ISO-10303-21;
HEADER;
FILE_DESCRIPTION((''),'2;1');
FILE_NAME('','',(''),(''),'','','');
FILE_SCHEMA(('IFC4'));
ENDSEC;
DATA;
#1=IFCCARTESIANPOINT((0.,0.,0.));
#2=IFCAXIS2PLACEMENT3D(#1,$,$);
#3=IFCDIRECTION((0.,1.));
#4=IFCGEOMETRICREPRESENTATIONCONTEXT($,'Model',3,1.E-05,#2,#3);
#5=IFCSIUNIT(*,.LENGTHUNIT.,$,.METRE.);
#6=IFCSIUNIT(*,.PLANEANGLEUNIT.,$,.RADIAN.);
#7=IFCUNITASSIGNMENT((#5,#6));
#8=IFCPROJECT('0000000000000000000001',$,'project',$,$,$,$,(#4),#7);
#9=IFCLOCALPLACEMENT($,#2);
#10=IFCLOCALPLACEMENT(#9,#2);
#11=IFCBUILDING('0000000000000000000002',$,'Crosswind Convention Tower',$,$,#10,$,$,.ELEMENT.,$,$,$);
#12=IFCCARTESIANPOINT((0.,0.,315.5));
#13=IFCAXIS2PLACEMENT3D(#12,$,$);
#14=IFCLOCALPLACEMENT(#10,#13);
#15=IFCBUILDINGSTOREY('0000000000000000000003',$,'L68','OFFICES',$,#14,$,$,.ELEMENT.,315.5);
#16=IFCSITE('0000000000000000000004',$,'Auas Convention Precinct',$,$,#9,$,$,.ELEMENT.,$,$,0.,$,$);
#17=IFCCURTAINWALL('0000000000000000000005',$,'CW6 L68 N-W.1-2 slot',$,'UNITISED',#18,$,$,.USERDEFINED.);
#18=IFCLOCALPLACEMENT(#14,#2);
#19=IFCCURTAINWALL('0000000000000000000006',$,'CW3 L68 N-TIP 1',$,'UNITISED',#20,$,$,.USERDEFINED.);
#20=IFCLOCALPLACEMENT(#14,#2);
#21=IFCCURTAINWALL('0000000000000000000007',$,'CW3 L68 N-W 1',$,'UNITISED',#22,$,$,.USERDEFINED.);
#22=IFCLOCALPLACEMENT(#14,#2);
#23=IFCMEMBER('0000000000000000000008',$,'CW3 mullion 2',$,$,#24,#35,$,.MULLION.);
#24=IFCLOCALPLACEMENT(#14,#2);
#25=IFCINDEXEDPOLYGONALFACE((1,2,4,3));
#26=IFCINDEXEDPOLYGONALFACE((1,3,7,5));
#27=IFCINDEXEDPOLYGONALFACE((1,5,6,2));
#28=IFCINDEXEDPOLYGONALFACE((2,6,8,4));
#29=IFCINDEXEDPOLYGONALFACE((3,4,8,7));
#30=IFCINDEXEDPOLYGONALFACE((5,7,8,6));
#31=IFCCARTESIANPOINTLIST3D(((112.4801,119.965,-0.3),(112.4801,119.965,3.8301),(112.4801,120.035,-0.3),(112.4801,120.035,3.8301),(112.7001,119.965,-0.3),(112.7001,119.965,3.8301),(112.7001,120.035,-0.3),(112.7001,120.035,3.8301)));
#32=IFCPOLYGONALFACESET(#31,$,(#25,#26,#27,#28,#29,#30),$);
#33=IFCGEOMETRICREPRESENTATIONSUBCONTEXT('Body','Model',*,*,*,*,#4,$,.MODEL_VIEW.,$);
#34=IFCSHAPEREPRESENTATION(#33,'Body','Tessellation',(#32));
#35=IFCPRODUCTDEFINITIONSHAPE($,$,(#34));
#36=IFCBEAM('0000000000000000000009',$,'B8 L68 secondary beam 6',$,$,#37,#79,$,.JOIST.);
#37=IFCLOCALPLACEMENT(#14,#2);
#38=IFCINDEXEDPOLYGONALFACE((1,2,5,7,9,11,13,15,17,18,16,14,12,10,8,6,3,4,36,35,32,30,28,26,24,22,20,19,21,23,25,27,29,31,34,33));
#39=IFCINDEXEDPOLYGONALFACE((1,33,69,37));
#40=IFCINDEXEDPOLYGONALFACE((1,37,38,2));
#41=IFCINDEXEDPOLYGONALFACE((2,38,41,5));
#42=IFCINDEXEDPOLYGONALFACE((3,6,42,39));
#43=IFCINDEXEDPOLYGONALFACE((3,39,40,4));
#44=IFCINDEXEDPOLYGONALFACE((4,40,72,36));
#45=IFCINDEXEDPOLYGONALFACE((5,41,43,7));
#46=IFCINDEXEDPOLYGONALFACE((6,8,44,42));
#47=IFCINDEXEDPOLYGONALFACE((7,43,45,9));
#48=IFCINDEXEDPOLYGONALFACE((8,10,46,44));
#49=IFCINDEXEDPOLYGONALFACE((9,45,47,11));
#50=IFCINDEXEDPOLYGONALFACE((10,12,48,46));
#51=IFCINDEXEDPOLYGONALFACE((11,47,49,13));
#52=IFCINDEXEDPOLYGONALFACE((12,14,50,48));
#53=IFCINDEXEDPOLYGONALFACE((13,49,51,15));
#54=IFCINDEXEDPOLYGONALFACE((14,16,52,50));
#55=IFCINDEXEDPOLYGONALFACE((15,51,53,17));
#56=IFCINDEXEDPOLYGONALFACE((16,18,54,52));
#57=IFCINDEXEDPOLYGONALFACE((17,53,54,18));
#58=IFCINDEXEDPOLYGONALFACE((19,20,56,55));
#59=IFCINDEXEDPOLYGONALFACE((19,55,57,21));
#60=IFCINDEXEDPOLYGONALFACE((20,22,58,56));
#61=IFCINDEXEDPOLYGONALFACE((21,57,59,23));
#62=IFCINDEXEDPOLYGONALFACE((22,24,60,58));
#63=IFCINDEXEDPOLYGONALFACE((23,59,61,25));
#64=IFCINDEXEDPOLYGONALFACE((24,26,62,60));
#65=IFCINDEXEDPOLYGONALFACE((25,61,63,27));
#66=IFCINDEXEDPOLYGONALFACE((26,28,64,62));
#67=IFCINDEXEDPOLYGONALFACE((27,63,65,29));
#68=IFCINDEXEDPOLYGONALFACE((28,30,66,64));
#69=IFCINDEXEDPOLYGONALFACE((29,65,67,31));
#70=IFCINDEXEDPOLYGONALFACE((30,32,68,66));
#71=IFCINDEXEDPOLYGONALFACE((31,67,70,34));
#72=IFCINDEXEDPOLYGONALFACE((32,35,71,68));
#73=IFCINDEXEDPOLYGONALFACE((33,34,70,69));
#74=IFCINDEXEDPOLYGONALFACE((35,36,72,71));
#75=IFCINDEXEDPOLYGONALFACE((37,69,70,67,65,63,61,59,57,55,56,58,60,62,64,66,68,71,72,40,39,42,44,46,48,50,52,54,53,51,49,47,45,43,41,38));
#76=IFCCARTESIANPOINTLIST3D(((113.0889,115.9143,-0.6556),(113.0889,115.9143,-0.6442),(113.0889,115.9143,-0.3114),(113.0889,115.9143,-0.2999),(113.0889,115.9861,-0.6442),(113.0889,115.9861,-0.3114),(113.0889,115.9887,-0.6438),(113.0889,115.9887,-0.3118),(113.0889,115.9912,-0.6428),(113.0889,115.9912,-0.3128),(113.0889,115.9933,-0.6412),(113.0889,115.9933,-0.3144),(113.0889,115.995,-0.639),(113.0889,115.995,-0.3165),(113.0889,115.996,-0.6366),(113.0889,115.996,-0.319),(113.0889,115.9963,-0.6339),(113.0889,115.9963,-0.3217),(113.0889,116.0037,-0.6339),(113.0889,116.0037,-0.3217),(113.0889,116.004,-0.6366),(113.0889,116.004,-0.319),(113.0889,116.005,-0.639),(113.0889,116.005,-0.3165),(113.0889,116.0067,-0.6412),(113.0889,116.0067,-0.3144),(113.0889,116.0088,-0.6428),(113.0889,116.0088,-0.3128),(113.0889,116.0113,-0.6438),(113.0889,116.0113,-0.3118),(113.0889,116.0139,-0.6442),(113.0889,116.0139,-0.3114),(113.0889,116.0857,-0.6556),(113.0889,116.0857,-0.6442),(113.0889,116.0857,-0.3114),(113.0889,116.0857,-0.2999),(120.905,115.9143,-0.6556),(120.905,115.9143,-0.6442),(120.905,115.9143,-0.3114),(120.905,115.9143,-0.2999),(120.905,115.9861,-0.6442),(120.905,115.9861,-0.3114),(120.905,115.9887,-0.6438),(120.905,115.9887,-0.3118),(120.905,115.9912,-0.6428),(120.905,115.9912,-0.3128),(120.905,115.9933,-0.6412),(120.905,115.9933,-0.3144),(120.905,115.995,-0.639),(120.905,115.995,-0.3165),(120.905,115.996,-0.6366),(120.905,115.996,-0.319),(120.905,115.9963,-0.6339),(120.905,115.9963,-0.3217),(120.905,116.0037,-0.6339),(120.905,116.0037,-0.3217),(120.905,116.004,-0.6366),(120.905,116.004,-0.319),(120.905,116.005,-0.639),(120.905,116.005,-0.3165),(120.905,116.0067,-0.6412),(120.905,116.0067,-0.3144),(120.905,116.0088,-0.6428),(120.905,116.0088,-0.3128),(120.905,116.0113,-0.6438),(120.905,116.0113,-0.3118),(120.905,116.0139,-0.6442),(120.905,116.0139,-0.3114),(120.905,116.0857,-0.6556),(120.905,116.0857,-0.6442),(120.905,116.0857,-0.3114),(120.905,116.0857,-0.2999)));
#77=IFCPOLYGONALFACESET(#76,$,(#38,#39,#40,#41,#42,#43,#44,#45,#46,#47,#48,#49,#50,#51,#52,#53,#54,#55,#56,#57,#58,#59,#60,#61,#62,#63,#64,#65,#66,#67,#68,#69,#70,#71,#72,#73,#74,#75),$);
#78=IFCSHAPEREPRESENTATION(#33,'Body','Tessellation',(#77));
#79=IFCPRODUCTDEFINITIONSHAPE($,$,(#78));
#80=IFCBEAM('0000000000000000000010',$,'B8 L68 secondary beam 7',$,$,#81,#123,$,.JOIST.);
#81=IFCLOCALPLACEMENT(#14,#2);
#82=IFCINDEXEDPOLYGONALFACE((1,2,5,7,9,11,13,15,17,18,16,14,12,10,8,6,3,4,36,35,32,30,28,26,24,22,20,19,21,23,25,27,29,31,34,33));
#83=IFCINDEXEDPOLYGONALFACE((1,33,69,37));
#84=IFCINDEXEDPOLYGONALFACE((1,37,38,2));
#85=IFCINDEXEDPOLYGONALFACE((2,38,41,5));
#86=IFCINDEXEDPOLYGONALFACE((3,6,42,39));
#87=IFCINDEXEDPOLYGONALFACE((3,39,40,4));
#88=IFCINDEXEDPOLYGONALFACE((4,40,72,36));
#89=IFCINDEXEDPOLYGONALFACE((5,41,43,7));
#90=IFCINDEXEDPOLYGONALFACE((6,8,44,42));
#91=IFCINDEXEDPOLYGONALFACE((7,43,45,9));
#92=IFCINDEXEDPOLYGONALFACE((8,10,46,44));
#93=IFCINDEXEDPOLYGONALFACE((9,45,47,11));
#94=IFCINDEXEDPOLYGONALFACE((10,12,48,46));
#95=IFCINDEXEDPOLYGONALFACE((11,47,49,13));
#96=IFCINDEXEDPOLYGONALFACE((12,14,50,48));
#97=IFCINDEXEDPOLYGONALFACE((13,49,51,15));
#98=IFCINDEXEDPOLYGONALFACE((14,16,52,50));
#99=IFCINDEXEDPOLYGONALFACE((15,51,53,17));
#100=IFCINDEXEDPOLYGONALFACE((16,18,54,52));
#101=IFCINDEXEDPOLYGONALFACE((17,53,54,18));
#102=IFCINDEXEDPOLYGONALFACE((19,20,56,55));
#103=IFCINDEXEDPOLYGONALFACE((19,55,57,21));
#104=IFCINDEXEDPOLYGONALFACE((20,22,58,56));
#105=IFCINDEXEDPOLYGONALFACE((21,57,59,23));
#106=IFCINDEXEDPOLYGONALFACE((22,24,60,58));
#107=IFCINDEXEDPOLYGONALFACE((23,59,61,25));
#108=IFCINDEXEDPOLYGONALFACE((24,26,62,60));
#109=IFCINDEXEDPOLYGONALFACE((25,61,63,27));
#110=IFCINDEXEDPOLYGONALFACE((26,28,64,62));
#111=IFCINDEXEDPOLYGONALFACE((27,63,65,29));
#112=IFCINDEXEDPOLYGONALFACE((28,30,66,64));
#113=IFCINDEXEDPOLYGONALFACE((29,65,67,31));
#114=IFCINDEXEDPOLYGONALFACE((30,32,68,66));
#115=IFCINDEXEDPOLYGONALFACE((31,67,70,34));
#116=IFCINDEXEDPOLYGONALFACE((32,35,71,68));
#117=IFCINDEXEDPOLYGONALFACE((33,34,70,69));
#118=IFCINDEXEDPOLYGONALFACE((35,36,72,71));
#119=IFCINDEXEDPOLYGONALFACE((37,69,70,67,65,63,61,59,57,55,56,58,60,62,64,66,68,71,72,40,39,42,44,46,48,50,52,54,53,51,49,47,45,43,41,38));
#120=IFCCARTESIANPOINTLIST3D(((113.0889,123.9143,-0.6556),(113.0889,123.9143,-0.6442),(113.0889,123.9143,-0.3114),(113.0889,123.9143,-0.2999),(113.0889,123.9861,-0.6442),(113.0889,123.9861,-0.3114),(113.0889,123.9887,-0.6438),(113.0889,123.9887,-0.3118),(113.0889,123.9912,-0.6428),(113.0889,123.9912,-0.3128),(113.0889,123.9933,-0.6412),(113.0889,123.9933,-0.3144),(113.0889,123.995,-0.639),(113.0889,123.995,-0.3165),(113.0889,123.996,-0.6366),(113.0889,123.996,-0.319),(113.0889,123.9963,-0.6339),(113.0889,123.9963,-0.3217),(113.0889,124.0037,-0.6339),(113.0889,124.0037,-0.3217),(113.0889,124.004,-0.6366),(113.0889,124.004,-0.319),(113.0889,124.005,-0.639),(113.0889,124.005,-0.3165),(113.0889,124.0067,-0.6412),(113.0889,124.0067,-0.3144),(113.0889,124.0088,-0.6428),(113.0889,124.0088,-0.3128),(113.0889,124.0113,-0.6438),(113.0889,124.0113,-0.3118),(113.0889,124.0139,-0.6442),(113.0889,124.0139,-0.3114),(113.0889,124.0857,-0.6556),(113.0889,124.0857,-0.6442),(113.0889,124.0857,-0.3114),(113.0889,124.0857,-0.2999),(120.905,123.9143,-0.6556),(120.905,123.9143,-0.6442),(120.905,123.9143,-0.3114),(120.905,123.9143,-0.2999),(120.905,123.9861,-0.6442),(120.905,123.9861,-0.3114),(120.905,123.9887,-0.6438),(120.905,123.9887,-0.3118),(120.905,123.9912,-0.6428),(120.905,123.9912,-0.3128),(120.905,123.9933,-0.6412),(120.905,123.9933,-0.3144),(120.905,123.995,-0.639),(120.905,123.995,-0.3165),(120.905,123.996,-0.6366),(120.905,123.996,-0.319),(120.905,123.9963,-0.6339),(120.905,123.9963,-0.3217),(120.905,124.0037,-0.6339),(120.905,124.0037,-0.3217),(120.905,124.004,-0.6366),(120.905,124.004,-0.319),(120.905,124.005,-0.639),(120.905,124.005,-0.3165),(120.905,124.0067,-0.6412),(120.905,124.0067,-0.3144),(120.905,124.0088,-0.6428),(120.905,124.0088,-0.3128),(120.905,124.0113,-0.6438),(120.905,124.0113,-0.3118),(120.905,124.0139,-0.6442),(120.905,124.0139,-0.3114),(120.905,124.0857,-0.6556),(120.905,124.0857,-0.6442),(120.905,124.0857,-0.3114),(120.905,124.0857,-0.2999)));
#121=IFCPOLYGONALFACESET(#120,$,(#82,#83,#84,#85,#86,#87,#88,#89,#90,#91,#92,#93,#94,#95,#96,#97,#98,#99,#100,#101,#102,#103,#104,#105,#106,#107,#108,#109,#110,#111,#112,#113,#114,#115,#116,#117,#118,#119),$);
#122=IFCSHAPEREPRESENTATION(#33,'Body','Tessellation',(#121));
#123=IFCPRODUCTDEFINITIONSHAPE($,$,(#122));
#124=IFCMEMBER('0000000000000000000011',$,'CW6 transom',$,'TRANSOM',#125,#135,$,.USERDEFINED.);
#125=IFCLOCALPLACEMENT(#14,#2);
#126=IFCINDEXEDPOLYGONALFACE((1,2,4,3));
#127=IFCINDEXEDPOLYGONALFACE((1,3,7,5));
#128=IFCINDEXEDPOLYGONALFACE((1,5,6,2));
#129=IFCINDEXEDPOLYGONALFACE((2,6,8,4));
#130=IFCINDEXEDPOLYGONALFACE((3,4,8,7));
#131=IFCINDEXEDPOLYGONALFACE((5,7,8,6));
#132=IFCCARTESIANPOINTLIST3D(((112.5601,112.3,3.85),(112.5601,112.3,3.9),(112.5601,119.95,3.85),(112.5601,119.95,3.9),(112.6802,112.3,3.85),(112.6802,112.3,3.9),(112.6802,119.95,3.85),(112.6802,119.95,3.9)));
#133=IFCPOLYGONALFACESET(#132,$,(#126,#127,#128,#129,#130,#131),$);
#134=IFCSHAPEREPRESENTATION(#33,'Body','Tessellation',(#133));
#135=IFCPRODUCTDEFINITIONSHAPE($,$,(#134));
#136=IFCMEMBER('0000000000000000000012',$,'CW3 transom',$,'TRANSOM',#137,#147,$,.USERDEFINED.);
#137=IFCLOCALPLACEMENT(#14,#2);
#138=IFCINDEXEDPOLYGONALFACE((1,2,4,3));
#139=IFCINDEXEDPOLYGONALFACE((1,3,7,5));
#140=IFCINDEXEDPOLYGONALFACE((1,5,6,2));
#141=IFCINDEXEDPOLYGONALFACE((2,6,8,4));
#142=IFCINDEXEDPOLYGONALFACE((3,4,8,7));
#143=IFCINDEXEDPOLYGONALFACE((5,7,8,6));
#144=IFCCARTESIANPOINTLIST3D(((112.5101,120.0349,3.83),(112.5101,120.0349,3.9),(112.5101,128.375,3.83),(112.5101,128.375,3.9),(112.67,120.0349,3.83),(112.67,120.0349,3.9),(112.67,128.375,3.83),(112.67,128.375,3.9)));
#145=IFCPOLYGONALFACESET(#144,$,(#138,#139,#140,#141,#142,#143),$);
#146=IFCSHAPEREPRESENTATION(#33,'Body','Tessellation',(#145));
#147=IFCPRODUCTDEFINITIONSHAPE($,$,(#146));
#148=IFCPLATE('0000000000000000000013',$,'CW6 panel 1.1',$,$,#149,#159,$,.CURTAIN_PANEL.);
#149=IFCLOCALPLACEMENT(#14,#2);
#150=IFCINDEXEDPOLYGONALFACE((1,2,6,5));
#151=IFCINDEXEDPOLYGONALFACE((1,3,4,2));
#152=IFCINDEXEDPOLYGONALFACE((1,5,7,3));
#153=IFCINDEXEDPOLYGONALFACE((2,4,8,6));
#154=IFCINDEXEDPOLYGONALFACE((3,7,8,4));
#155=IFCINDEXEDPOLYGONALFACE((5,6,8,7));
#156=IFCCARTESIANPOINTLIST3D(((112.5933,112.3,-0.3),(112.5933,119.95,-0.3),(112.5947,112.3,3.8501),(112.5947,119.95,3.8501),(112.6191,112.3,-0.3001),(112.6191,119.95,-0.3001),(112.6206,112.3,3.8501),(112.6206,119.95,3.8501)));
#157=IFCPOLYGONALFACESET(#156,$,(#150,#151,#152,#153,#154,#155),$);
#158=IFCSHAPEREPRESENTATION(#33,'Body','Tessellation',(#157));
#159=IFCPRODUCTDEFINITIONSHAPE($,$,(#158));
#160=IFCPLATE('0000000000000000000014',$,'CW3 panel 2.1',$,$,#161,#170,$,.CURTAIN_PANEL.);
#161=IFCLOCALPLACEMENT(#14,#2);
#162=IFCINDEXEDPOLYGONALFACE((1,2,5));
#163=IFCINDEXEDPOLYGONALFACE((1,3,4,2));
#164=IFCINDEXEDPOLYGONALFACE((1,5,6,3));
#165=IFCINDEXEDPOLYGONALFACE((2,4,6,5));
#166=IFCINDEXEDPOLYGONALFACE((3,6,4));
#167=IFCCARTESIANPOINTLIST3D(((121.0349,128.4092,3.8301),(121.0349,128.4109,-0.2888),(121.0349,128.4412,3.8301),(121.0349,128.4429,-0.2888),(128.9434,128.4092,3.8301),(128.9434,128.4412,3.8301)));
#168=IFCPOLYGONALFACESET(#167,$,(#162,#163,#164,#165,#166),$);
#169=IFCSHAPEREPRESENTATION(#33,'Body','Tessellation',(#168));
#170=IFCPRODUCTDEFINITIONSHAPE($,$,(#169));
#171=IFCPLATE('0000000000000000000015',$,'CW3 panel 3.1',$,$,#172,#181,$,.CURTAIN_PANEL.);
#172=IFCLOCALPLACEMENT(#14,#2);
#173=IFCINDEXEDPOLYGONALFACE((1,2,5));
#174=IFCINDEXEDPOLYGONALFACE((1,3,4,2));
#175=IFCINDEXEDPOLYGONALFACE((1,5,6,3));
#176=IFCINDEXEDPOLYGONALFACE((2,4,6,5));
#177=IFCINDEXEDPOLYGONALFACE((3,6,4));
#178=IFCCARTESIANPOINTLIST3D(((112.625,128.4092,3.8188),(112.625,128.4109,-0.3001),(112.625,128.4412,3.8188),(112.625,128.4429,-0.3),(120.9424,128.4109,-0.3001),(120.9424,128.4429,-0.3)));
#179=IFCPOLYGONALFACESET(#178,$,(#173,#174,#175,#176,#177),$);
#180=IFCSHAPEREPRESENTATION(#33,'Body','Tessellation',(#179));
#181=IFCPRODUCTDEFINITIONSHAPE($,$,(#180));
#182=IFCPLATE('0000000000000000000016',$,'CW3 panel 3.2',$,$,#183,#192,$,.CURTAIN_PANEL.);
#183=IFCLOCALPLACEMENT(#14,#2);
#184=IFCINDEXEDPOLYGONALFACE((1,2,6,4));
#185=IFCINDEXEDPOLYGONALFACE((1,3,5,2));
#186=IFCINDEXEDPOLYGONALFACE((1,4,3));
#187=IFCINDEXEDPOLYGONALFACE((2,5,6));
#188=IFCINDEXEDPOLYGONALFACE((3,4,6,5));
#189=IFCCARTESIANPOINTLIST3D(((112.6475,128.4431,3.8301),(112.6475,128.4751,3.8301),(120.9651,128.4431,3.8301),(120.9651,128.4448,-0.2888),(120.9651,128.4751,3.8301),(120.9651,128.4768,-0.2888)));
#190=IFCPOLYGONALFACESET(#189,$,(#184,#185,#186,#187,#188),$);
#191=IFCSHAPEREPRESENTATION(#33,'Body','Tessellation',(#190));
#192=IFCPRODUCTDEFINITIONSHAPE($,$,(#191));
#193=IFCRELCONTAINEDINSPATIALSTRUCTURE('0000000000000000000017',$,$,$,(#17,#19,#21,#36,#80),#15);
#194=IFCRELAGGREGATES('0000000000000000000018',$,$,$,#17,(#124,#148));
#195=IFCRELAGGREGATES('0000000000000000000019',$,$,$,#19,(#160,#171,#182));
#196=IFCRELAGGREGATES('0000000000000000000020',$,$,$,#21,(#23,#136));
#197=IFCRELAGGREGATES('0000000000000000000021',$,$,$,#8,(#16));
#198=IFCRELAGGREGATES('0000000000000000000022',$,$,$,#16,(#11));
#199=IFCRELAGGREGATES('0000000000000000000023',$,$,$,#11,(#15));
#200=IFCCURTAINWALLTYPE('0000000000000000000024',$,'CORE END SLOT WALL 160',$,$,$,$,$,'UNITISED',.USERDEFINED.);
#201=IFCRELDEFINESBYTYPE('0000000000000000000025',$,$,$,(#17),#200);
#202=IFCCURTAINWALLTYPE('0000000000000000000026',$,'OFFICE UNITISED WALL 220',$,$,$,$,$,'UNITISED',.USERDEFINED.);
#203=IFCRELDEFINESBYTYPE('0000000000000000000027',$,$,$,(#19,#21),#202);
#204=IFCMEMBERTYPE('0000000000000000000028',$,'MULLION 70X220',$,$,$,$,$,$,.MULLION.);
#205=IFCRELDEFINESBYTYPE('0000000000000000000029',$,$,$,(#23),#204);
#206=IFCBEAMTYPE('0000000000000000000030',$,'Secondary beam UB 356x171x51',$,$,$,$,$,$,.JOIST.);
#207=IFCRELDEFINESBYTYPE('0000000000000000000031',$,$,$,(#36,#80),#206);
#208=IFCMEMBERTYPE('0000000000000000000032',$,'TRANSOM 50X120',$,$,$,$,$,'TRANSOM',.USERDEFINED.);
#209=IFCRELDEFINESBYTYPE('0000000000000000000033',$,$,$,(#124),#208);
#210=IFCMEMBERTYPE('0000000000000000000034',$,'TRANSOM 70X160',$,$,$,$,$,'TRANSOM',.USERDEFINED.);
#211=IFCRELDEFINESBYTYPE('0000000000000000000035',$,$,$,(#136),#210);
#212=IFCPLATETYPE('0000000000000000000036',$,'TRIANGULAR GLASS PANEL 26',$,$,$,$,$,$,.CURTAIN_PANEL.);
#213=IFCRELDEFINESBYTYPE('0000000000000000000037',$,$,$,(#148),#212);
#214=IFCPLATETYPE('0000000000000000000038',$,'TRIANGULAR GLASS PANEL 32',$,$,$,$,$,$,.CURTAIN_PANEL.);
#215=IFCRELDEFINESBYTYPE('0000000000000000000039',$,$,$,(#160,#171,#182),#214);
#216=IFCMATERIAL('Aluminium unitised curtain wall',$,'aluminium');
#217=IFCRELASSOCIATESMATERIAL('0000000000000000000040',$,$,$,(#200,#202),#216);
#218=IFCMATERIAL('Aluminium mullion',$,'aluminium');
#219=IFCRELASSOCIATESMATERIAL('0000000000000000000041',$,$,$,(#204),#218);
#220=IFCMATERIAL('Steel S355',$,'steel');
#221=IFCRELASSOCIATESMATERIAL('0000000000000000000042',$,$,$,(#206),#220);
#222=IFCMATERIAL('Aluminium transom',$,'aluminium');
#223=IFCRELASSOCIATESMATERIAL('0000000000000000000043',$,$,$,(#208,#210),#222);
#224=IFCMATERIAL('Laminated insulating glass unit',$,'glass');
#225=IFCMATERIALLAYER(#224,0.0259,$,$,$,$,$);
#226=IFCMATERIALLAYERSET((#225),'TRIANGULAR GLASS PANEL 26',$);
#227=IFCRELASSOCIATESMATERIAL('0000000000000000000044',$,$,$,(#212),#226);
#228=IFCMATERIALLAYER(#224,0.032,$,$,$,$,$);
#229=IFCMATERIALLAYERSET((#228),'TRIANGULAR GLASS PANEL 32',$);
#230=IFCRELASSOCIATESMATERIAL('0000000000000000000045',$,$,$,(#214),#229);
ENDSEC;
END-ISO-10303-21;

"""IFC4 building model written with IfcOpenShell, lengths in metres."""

from ifc_helpers import new_model, si_unit, direction, frame, origin, origin_2d, place, context, subcontext, project, spatial, polyline, rectangle, i_section, outline, extrude, material, layer, layer_set, material_profile, profile_set, type_object, element, aggregate, save


model = new_model("IFC4")

# Units and contexts
model_context = context("Model", 3, precision=1e-05, world=origin(), true_north=direction((0.0, 1.0)))
body_context = subcontext(model_context, "Body", "Model", "MODEL_VIEW")
ifc_project = project(units=[si_unit("LENGTHUNIT", "METRE"), si_unit("PLANEANGLEUNIT", "RADIAN")], contexts=[model_context])

# Site, building, storey
site_placement = place(None, origin())
site = spatial("IfcSite", under=ifc_project, at=site_placement, Name="Auas Convention Precinct", CompositionType="ELEMENT", RefElevation=0.0)
building_placement = place(site_placement, origin())
building = spatial("IfcBuilding", under=site, at=building_placement, Name="Crosswind Convention Tower", CompositionType="ELEMENT")
storey_placement = place(building_placement, frame((0.0, 0.0, 315.5)))
storey = spatial("IfcBuildingStorey", under=building, at=storey_placement, Name="L68", Description="OFFICES", CompositionType="ELEMENT", Elevation=315.5)

# Shared definitions
ifc_material_1 = material(Name="Steel S355", Category="steel")

# Curtain walls
ifc_material_2 = material(Name="Aluminium unitised curtain wall", Category="aluminium")
curtain_wall_type_1 = type_object("IfcCurtainWallType", Name="CORE END SLOT WALL 160", ElementType="UNITISED", PredefinedType="USERDEFINED", material=ifc_material_2)
curtain_wall_1_placement = place(storey_placement, origin())
curtain_wall_1 = element("IfcCurtainWall", 1, at=curtain_wall_1_placement, inside=storey, type_object=curtain_wall_type_1, Name="CW6 L68 N-W.1-2 slot", ObjectType="UNITISED", PredefinedType="USERDEFINED")
ifc_material_3 = material(Name="Aluminium mullion", Category="aluminium")
curtain_wall_type_2 = type_object("IfcCurtainWallType", Name="OFFICE UNITISED WALL 220", ElementType="UNITISED", PredefinedType="USERDEFINED", material=ifc_material_2)
curtain_wall_2_placement = place(storey_placement, origin())
curtain_wall_2 = element("IfcCurtainWall", 2, at=curtain_wall_2_placement, inside=storey, type_object=curtain_wall_type_2, Name="CW3 L68 N-TIP 1", ObjectType="UNITISED", PredefinedType="USERDEFINED")
ifc_material_profile_1 = material_profile(ifc_material_3, rectangle(XDim=0.22, YDim=0.0701, at=origin_2d()), Name="AL 220X70")
ifc_profile_set_1 = profile_set([ifc_material_profile_1], Name="Aluminium mullion")
member_type_1 = type_object("IfcMemberType", Name="MULLION 70X220", PredefinedType="MULLION", material=ifc_profile_set_1)

# Curtain wall, member
curtain_wall_3_placement = place(storey_placement, origin())
curtain_wall_3 = element("IfcCurtainWall", 3, at=curtain_wall_3_placement, inside=storey, type_object=curtain_wall_type_2, Name="CW3 L68 N-W 1", ObjectType="UNITISED", PredefinedType="USERDEFINED")
member_1_placement = place(storey_placement, frame((112.5901, 120.0, -0.3), z_axis=(0.0, 0.0, 1.0), x_axis=(-1.0, 0.0, 0.0)))
member_1 = element("IfcMember", 4, at=member_1_placement, type_object=member_type_1, Name="CW3 mullion 2", PredefinedType="MULLION", context=body_context, shape_type="SweptSolid", body=[
    extrude(rectangle(XDim=0.22, YDim=0.0701, at=origin_2d()), origin(), (0.0, 0.0, 1.0), 4.1301),
])

# Beams
ifc_material_profile_2 = material_profile(ifc_material_1, i_section(OverallWidth=0.1714, OverallDepth=0.3557, WebThickness=0.0073, FlangeThickness=0.0115, FilletRadius=0.0103, at=origin_2d()), Name="UB 356x171x51")
ifc_profile_set_2 = profile_set([ifc_material_profile_2], Name="Steel S355")
beam_type_1 = type_object("IfcBeamType", Name="Secondary beam UB 356x171x51", PredefinedType="JOIST", material=ifc_profile_set_2)
for number, where, z_axis, x_axis, name in (
    (5, (113.0889, 116.0, -0.4778), (1.0, 0.0, 0.0), (0.0, 1.0, 0.0), "B8 L68 secondary beam 6"),
    (6, (113.0889, 124.0, -0.4778), (1.0, 0.0, 0.0), (0.0, 1.0, 0.0), "B8 L68 secondary beam 7"),
):
    element("IfcBeam", number, at=place(storey_placement, frame(where, z_axis=z_axis, x_axis=x_axis)), inside=storey, type_object=beam_type_1, Name=name, PredefinedType="JOIST", context=body_context, shape_type="SweptSolid", body=[
        extrude(i_section(OverallWidth=0.1714, OverallDepth=0.3557, WebThickness=0.0073, FlangeThickness=0.0115, FilletRadius=0.0103, at=origin_2d()), origin(), (0.0, 0.0, 1.0), 7.8162),
    ])

# Members
ifc_material_4 = material(Name="Aluminium transom", Category="aluminium")
ifc_material_profile_3 = material_profile(ifc_material_4, rectangle(XDim=0.1201, YDim=0.05, at=origin_2d()), Name="AL 120X50")
ifc_profile_set_3 = profile_set([ifc_material_profile_3], Name="Aluminium transom")
member_type_2 = type_object("IfcMemberType", Name="TRANSOM 50X120", ElementType="TRANSOM", PredefinedType="USERDEFINED", material=ifc_profile_set_3)
member_2_placement = place(storey_placement, frame((112.6201, 119.95, 3.875), z_axis=(0.0, -1.0, 0.0), x_axis=(1.0, 0.0, 0.0)))
member_2 = element("IfcMember", 7, at=member_2_placement, type_object=member_type_2, Name="CW6 transom", ObjectType="TRANSOM", PredefinedType="USERDEFINED", context=body_context, shape_type="SweptSolid", body=[
    extrude(rectangle(XDim=0.1201, YDim=0.05, at=origin_2d()), origin(), (0.0, 0.0, 1.0), 7.6499),
])
ifc_material_profile_4 = material_profile(ifc_material_4, rectangle(XDim=0.1599, YDim=0.0701, at=origin_2d()), Name="AL 160X70")
ifc_profile_set_4 = profile_set([ifc_material_profile_4], Name="Aluminium transom")
member_type_3 = type_object("IfcMemberType", Name="TRANSOM 70X160", ElementType="TRANSOM", PredefinedType="USERDEFINED", material=ifc_profile_set_4)
member_3_placement = place(storey_placement, frame((112.5901, 128.375, 3.865), z_axis=(0.0, -1.0, 0.0), x_axis=(1.0, 0.0, 0.0)))
member_3 = element("IfcMember", 8, at=member_3_placement, type_object=member_type_3, Name="CW3 transom", ObjectType="TRANSOM", PredefinedType="USERDEFINED", context=body_context, shape_type="SweptSolid", body=[
    extrude(rectangle(XDim=0.1599, YDim=0.0701, at=origin_2d()), origin(), (0.0, 0.0, 1.0), 8.3401),
])

# Plates
ifc_material_5 = material(Name="Laminated insulating glass unit", Category="glass")
ifc_layer_1 = layer(ifc_material_5, 0.0259)
ifc_layer_set_1 = layer_set([ifc_layer_1], Name="TRIANGULAR GLASS PANEL 26")
plate_type_1 = type_object("IfcPlateType", Name="TRIANGULAR GLASS PANEL 26", PredefinedType="CURTAIN_PANEL", material=ifc_layer_set_1)
plate_1_placement = place(storey_placement, frame((112.5933, 119.95, -0.3), z_axis=(-1.0, 0.0, 0.000353), x_axis=(0.0, -1.0, 0.0)))
plate_1 = element("IfcPlate", 9, at=plate_1_placement, type_object=plate_type_1, Name="CW6 panel 1.1", PredefinedType="CURTAIN_PANEL", context=body_context, shape_type="SweptSolid", body=[
    extrude(outline(polyline([(0.0, 0.0), (7.6499, 0.0), (7.6499, 4.1501), (0.0, 4.1501), (0.0, 0.0)])), origin(), (0.0, 0.0, -1.0), 0.0259),
])
aggregate(curtain_wall_1, [member_2, plate_1])
ifc_layer_2 = layer(ifc_material_5, 0.032)
ifc_layer_set_2 = layer_set([ifc_layer_2], Name="TRIANGULAR GLASS PANEL 32")
plate_type_2 = type_object("IfcPlateType", Name="TRIANGULAR GLASS PANEL 32", PredefinedType="CURTAIN_PANEL", material=ifc_layer_set_2)
plate_2_placement = place(storey_placement, frame((121.0349, 128.4412, 3.8301), z_axis=(0.0, 1.0, 0.000415), x_axis=(1.0, 0.0, 0.0)))
plate_2 = element("IfcPlate", 10, at=plate_2_placement, type_object=plate_type_2, Name="CW3 panel 2.1", PredefinedType="CURTAIN_PANEL", context=body_context, shape_type="SweptSolid", body=[
    extrude(outline(polyline([(0.0, 0.0), (7.9084, 0.0), (0.0, 4.1189), (0.0, 0.0)])), origin(), (0.0, 0.0, -1.0), 0.032),
])
plate_3_placement = place(storey_placement, frame((112.625, 128.4429, -0.3), z_axis=(0.0, 1.0, 0.000415), x_axis=(0.0, -0.000415, 1.0)))
plate_3 = element("IfcPlate", 11, at=plate_3_placement, type_object=plate_type_2, Name="CW3 panel 3.1", PredefinedType="CURTAIN_PANEL", context=body_context, shape_type="SweptSolid", body=[
    extrude(outline(polyline([(0.0, 0.0), (4.1189, 0.0), (0.0, 8.3174), (0.0, 0.0)])), origin(), (0.0, 0.0, -1.0), 0.032),
])
plate_4_placement = place(storey_placement, frame((120.9651, 128.4751, 3.8301), z_axis=(0.0, 1.0, 0.000415), x_axis=(0.0, 0.000415, -1.0)))
plate_4 = element("IfcPlate", 12, at=plate_4_placement, type_object=plate_type_2, Name="CW3 panel 3.2", PredefinedType="CURTAIN_PANEL", context=body_context, shape_type="SweptSolid", body=[
    extrude(outline(polyline([(0.0, 0.0), (4.1189, 0.0), (0.0, 8.3176), (0.0, 0.0)])), origin(), (0.0, 0.0, -1.0), 0.032),
])
aggregate(curtain_wall_2, [plate_2, plate_3, plate_4])

aggregate(curtain_wall_3, [member_1, member_3])

save(model, "model.ifc")
